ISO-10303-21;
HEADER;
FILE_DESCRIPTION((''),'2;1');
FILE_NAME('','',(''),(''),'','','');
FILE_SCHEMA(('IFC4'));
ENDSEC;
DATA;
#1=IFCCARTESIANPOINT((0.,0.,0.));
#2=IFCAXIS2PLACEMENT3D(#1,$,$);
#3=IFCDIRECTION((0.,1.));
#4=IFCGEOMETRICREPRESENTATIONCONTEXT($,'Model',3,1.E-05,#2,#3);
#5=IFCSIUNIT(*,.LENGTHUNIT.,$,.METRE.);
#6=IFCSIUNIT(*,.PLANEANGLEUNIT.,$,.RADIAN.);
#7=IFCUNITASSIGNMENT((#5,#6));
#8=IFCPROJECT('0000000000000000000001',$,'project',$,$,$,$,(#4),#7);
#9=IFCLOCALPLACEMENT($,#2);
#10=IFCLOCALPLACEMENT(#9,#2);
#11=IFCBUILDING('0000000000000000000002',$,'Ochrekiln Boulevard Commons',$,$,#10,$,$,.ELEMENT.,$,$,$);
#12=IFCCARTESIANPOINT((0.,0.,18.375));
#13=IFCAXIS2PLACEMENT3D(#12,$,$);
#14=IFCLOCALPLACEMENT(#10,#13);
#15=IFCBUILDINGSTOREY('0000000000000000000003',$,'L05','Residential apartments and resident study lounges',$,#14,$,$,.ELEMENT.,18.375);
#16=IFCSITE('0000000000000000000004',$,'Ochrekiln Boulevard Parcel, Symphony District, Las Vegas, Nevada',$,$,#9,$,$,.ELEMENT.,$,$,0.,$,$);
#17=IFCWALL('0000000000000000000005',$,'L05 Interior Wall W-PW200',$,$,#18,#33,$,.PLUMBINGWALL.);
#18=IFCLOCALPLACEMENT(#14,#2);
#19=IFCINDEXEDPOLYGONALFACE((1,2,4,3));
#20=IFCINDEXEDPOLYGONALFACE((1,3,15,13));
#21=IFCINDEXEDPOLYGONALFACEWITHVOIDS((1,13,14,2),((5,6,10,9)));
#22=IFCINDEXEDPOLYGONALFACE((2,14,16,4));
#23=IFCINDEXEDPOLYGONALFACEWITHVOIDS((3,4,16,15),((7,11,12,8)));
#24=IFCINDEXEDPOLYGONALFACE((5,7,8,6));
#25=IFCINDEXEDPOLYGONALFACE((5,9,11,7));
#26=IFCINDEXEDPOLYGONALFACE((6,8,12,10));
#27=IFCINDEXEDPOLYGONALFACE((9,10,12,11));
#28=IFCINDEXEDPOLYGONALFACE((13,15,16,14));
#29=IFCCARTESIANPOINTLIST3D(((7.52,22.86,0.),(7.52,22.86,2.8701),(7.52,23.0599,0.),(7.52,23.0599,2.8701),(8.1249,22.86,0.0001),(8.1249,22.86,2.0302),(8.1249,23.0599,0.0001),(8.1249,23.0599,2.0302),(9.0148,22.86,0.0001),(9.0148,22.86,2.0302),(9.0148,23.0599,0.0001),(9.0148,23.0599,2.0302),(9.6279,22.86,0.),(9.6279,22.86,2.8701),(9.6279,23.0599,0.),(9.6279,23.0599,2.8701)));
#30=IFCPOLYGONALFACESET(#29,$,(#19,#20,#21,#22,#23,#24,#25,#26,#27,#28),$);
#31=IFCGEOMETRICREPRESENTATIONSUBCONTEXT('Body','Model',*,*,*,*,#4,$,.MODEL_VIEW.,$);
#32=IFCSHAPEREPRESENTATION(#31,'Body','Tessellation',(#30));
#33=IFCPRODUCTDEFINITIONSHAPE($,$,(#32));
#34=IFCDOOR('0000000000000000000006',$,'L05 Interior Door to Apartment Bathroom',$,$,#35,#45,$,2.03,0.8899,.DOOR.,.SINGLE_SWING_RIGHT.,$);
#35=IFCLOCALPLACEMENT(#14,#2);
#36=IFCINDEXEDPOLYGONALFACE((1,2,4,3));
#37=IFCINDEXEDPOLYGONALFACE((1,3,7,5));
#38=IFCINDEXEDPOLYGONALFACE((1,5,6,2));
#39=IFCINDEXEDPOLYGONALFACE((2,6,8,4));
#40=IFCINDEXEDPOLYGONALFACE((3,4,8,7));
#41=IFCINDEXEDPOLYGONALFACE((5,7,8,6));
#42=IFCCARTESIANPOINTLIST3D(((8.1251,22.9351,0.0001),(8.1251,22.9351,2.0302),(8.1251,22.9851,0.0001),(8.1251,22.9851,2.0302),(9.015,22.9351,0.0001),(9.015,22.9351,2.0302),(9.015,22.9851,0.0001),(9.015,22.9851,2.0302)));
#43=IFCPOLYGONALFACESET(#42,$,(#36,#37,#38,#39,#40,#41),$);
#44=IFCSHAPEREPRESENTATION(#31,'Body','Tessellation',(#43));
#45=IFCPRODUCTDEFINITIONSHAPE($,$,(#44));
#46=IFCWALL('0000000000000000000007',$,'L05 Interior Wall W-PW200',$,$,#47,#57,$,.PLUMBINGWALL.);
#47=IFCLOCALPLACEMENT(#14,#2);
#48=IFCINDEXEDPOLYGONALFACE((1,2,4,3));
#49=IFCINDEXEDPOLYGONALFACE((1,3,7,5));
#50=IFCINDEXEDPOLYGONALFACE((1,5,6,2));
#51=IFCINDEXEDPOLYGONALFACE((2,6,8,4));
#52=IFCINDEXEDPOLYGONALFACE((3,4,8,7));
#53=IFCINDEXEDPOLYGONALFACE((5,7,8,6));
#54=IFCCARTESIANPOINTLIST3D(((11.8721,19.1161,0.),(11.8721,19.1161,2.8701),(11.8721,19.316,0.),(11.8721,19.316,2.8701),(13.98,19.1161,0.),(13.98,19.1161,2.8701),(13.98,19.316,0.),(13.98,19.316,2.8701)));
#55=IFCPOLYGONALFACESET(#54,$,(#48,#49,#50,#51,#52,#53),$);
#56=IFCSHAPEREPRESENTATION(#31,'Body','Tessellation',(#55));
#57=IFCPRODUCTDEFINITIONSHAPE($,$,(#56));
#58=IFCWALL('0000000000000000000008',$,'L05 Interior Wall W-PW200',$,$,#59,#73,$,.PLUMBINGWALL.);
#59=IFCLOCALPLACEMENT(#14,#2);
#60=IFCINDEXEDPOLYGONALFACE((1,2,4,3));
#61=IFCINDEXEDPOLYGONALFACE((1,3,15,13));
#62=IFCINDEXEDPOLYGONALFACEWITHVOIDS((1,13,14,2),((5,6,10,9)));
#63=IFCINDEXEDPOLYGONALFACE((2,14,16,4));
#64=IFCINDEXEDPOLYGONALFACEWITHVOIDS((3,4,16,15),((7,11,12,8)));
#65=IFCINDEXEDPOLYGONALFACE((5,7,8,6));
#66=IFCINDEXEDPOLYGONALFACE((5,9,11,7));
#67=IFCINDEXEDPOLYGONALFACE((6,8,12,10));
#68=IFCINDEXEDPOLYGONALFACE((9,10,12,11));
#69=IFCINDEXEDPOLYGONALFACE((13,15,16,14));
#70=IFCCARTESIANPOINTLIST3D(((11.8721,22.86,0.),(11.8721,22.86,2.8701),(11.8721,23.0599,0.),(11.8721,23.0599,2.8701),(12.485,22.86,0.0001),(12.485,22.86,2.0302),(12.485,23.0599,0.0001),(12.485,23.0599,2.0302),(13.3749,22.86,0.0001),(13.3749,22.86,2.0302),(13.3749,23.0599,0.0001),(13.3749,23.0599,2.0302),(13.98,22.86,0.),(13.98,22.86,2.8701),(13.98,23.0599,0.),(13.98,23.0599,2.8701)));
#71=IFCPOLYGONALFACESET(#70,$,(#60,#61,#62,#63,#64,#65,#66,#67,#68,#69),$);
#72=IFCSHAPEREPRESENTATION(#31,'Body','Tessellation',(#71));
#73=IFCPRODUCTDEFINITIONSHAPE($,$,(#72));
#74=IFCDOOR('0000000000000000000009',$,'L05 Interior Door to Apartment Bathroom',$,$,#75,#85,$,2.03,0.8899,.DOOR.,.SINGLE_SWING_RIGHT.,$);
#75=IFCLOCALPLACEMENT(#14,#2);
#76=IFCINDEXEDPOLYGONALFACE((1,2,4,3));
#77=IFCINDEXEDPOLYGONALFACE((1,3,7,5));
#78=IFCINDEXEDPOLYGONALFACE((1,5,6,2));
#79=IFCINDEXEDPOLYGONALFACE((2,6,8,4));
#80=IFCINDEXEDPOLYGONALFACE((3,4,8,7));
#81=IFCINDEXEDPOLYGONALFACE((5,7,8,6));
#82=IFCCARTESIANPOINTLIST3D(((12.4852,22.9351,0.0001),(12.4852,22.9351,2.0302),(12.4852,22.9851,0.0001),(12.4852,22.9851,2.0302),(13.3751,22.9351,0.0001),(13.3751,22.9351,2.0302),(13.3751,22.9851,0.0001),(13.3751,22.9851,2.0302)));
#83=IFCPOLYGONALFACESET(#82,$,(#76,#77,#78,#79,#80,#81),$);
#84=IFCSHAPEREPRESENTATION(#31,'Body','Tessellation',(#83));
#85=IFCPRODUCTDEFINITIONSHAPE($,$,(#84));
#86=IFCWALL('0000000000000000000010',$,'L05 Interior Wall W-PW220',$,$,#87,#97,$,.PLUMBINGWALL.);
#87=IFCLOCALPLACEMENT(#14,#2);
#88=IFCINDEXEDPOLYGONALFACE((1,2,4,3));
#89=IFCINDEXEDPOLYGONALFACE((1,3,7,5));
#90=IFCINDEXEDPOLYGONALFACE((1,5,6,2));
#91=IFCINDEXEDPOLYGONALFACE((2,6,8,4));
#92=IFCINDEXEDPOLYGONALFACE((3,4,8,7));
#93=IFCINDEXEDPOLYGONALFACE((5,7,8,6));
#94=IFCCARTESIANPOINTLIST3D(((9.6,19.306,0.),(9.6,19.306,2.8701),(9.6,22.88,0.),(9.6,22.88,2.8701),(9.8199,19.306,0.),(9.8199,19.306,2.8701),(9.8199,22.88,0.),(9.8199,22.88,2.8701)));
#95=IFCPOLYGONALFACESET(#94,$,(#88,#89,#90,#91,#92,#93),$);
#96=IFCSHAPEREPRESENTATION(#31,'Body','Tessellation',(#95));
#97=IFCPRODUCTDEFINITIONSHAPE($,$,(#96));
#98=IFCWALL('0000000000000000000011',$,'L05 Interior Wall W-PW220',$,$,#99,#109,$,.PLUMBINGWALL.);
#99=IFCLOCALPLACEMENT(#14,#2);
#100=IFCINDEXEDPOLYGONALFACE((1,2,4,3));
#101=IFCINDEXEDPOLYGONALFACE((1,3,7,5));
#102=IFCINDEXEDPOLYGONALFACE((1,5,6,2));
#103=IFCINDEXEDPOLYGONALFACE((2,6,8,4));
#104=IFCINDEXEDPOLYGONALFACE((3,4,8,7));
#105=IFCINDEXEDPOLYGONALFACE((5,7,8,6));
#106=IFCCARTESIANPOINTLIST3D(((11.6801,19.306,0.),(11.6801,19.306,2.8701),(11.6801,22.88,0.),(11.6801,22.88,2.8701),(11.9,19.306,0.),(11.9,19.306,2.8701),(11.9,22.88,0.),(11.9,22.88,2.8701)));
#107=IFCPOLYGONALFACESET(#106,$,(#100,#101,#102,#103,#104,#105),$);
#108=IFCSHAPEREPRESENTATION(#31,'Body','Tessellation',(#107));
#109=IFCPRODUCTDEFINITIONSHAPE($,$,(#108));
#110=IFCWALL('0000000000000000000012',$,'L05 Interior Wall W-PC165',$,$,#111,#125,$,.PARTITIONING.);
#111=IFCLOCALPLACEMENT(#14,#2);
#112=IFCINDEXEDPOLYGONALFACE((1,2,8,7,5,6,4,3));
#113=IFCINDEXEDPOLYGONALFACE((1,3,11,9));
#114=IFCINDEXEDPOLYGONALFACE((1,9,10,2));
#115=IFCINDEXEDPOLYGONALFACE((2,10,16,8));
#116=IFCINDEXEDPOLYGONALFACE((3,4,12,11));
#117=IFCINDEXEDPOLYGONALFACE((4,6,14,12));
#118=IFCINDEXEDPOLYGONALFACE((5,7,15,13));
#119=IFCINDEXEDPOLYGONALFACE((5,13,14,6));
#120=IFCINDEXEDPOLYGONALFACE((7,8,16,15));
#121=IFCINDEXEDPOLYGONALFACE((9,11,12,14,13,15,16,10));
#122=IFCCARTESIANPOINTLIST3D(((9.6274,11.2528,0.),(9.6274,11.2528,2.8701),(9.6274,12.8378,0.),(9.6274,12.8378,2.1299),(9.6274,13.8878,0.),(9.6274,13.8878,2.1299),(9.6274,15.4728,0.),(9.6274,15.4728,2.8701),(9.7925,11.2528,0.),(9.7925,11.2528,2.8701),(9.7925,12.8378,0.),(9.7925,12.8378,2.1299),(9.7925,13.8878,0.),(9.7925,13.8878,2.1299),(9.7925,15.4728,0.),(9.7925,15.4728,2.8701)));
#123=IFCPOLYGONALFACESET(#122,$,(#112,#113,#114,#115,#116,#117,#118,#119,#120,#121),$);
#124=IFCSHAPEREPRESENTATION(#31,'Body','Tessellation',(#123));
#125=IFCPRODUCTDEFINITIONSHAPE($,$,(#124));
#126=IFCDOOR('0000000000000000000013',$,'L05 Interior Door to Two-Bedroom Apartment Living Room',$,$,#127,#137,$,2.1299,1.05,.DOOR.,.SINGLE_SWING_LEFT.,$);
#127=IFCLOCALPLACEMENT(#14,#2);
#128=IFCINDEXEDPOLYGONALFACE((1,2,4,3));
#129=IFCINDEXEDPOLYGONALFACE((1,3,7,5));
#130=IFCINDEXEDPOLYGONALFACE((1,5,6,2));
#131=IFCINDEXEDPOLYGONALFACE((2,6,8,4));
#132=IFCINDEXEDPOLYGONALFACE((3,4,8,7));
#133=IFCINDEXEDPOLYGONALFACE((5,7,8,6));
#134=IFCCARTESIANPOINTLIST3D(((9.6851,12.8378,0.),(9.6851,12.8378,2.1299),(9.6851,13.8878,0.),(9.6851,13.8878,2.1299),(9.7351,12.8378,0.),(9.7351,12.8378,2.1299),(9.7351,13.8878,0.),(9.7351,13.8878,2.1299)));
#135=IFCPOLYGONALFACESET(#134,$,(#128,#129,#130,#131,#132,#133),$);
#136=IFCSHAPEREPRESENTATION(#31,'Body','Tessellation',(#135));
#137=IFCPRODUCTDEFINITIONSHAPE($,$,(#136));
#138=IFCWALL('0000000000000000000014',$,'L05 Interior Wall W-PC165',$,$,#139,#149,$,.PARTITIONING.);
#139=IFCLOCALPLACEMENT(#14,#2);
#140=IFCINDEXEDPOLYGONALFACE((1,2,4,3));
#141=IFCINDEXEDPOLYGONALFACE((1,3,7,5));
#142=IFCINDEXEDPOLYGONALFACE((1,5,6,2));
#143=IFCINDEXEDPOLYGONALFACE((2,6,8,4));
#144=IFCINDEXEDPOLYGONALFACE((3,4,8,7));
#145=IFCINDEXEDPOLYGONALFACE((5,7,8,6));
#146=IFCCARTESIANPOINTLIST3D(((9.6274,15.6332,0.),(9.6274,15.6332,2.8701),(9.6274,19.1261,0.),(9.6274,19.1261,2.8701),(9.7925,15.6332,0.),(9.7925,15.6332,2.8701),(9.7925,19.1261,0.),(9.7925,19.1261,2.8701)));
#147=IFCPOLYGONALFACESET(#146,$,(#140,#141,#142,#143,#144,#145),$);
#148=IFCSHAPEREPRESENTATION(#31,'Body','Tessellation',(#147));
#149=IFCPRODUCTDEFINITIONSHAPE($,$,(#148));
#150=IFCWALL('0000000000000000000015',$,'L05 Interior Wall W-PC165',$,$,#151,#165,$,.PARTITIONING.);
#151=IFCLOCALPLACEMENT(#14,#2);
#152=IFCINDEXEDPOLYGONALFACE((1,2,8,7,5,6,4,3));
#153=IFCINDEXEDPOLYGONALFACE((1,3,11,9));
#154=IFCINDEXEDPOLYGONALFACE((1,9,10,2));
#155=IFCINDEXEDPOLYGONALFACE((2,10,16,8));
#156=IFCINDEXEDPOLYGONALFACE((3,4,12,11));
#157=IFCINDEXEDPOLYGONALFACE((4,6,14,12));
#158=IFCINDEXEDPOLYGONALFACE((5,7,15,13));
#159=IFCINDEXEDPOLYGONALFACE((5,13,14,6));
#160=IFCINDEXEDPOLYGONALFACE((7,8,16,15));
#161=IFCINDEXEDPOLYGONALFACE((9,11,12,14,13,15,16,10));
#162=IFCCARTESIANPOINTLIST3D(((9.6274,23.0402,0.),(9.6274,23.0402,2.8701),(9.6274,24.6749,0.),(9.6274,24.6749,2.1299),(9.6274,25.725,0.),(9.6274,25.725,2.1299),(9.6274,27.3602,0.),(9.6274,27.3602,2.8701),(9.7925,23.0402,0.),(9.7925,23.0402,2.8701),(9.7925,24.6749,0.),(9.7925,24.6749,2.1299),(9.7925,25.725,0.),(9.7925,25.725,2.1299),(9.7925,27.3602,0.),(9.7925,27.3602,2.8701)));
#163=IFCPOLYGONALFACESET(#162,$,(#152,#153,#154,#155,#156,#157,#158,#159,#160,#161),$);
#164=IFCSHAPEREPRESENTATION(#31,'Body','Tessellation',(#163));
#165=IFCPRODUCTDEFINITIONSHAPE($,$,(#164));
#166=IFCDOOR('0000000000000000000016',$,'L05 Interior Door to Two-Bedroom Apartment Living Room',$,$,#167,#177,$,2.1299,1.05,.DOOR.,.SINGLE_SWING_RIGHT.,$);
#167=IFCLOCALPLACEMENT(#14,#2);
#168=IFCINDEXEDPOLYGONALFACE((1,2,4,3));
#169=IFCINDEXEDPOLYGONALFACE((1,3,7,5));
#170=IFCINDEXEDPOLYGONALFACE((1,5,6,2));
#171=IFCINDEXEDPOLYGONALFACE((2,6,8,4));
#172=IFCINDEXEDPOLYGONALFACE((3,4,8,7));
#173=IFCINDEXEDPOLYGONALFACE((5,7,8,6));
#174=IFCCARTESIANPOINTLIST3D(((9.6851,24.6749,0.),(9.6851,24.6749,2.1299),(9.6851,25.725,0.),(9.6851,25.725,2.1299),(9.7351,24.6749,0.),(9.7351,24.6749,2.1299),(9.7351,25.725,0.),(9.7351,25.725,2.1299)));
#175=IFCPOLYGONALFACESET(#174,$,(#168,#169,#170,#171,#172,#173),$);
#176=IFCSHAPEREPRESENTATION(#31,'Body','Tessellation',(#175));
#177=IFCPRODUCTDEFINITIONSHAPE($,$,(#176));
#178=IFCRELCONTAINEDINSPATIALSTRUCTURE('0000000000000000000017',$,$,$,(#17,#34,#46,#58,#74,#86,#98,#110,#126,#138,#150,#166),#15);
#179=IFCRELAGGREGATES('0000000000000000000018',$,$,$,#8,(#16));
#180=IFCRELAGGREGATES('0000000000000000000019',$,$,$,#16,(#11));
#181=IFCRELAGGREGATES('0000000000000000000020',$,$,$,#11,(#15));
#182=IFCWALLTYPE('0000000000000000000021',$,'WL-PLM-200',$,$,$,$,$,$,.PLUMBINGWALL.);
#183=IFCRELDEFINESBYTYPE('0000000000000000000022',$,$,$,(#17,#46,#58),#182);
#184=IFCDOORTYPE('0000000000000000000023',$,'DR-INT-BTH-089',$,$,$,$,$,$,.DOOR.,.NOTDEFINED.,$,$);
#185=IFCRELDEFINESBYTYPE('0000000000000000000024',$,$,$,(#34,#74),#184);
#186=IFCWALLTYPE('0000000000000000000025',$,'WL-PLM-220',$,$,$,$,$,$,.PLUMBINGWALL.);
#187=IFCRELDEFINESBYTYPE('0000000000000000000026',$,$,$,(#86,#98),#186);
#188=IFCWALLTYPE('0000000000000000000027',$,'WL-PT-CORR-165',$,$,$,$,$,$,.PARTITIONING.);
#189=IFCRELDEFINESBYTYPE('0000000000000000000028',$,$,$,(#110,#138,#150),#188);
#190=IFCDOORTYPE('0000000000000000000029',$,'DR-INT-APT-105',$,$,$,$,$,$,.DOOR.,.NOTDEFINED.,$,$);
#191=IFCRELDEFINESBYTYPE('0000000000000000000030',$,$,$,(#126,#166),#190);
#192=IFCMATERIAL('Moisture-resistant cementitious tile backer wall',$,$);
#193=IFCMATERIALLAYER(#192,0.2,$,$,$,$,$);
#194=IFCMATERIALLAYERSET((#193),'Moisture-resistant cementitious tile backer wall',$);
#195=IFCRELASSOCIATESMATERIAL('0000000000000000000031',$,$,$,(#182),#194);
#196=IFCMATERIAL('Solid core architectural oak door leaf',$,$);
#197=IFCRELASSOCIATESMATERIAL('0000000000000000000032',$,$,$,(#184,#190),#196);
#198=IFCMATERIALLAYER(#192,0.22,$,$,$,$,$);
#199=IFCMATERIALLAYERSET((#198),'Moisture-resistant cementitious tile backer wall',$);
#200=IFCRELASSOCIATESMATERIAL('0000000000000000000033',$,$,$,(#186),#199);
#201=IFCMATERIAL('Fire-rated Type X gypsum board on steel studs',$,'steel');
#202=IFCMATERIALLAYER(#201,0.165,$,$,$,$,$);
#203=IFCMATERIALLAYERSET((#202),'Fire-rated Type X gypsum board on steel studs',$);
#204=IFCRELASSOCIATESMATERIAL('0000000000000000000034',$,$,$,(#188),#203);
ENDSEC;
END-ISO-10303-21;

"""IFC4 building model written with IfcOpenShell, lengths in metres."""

from ifc_helpers import new_model, si_unit, direction, frame, frame_2d, origin, place, context, subcontext, project, spatial, rectangle, extrude, material, layer, layer_set, type_object, element, fill, save


model = new_model("IFC4")

# Units and contexts
model_context = context("Model", 3, precision=1e-05, world=origin(), true_north=direction((0.0, 1.0)))
body_context = subcontext(model_context, "Body", "Model", "MODEL_VIEW")
ifc_project = project(units=[si_unit("LENGTHUNIT", "METRE"), si_unit("PLANEANGLEUNIT", "RADIAN")], contexts=[model_context])

# Site, building, storey
site_placement = place(None, origin())
site = spatial("IfcSite", under=ifc_project, at=site_placement, Name="Ochrekiln Boulevard Parcel, Symphony District, Las Vegas, Nevada", CompositionType="ELEMENT", RefElevation=0.0)
building_placement = place(site_placement, origin())
building = spatial("IfcBuilding", under=site, at=building_placement, Name="Ochrekiln Boulevard Commons", CompositionType="ELEMENT")
storey_placement = place(building_placement, frame((0.0, 0.0, 18.375)))
storey = spatial("IfcBuildingStorey", under=building, at=storey_placement, Name="L05", Description="Residential apartments and resident study lounges", CompositionType="ELEMENT", Elevation=18.375)

# Wall, opening, door
ifc_material_1 = material(Name="Moisture-resistant cementitious tile backer wall")
ifc_layer_1 = layer(ifc_material_1, 0.2)
ifc_layer_set_1 = layer_set([ifc_layer_1], Name="Moisture-resistant cementitious tile backer wall")
wall_type_1 = type_object("IfcWallType", Name="WL-PLM-200", PredefinedType="PLUMBINGWALL", material=ifc_layer_set_1)
wall_1_placement = place(storey_placement, frame((7.52, 22.96, 0.0), z_axis=(0.0, 0.0, 1.0), x_axis=(1.0, 0.0, 0.0)))
wall_1 = element("IfcWall", 1, at=wall_1_placement, inside=storey, type_object=wall_type_1, Name="L05 Interior Wall W-PW200", PredefinedType="PLUMBINGWALL", context=body_context, shape_type="SweptSolid", body=[
    extrude(rectangle(XDim=2.1079, YDim=0.2, at=frame_2d((1.054, 0.0))), origin(), (0.0, 0.0, 1.0), 2.8701),
])
opening_1_placement = place(wall_1_placement, frame((0.605, 0.0, 0.0)))
opening_1 = element("IfcOpeningElement", 2, at=opening_1_placement, cuts=wall_1, PredefinedType="OPENING", context=body_context, shape_type="SweptSolid", body=[
    extrude(rectangle(XDim=0.8899, YDim=2.03, at=frame_2d((0.4448, 1.0151))), frame((0.0, 0.1099, 0.0), z_axis=(0.0, -1.0, 0.0), x_axis=(1.0, 0.0, 0.0)), (0.0, 0.0, 1.0), 0.22),
])
ifc_material_2 = material(Name="Solid core architectural oak door leaf")
door_type_1 = type_object("IfcDoorType", Name="DR-INT-BTH-089", OperationType="NOTDEFINED", PredefinedType="DOOR", material=ifc_material_2)
door_1_placement = place(opening_1_placement, frame((0.8899, 0.0, 0.0), z_axis=(0.0, 0.0, 1.0), x_axis=(-1.0, 0.0, 0.0)))
door_1 = element("IfcDoor", 3, at=door_1_placement, inside=storey, type_object=door_type_1, Name="L05 Interior Door to Apartment Bathroom", OperationType="SINGLE_SWING_RIGHT", OverallHeight=2.03, OverallWidth=0.8899, PredefinedType="DOOR", context=body_context, shape_type="SweptSolid", body=[
    extrude(rectangle(XDim=0.8899, YDim=2.03, at=frame_2d((0.4448, 1.0151))), frame((0.0, 0.0249, 0.0), z_axis=(0.0, -1.0, 0.0), x_axis=(1.0, 0.0, 0.0)), (0.0, 0.0, 1.0), 0.05),
])
fill(opening_1, door_1)

# Wall
wall_2_placement = place(storey_placement, frame((11.8721, 19.2161, 0.0), z_axis=(0.0, 0.0, 1.0), x_axis=(1.0, 0.0, 0.0)))
element("IfcWall", 4, at=wall_2_placement, inside=storey, type_object=wall_type_1, Name="L05 Interior Wall W-PW200", PredefinedType="PLUMBINGWALL", context=body_context, shape_type="SweptSolid", body=[
    extrude(rectangle(XDim=2.1079, YDim=0.2, at=frame_2d((1.054, 0.0))), origin(), (0.0, 0.0, 1.0), 2.8701),
])

# Wall, opening, door
wall_3_placement = place(storey_placement, frame((11.8721, 22.96, 0.0), z_axis=(0.0, 0.0, 1.0), x_axis=(1.0, 0.0, 0.0)))
wall_3 = element("IfcWall", 5, at=wall_3_placement, inside=storey, type_object=wall_type_1, Name="L05 Interior Wall W-PW200", PredefinedType="PLUMBINGWALL", context=body_context, shape_type="SweptSolid", body=[
    extrude(rectangle(XDim=2.1079, YDim=0.2, at=frame_2d((1.054, 0.0))), origin(), (0.0, 0.0, 1.0), 2.8701),
])
opening_2_placement = place(wall_3_placement, frame((0.613, 0.0, 0.0)))
opening_2 = element("IfcOpeningElement", 6, at=opening_2_placement, cuts=wall_3, PredefinedType="OPENING", context=body_context, shape_type="SweptSolid", body=[
    extrude(rectangle(XDim=0.8899, YDim=2.03, at=frame_2d((0.4448, 1.0151))), frame((0.0, 0.1099, 0.0), z_axis=(0.0, -1.0, 0.0), x_axis=(1.0, 0.0, 0.0)), (0.0, 0.0, 1.0), 0.22),
])
door_2_placement = place(opening_2_placement, frame((0.8899, 0.0, 0.0), z_axis=(0.0, 0.0, 1.0), x_axis=(-1.0, 0.0, 0.0)))
door_2 = element("IfcDoor", 7, at=door_2_placement, inside=storey, type_object=door_type_1, Name="L05 Interior Door to Apartment Bathroom", OperationType="SINGLE_SWING_RIGHT", OverallHeight=2.03, OverallWidth=0.8899, PredefinedType="DOOR", context=body_context, shape_type="SweptSolid", body=[
    extrude(rectangle(XDim=0.8899, YDim=2.03, at=frame_2d((0.4448, 1.0151))), frame((0.0, 0.0249, 0.0), z_axis=(0.0, -1.0, 0.0), x_axis=(1.0, 0.0, 0.0)), (0.0, 0.0, 1.0), 0.05),
])
fill(opening_2, door_2)

# Walls
ifc_layer_2 = layer(ifc_material_1, 0.22)
ifc_layer_set_2 = layer_set([ifc_layer_2], Name="Moisture-resistant cementitious tile backer wall")
wall_type_2 = type_object("IfcWallType", Name="WL-PLM-220", PredefinedType="PLUMBINGWALL", material=ifc_layer_set_2)
for number, where, z_axis, x_axis, name in (
    (8, (9.71, 19.3059, 0.0), (0.0, 0.0, 1.0), (0.0, 1.0, 0.0), "L05 Interior Wall W-PW220"),
    (9, (11.79, 19.3059, 0.0), (0.0, 0.0, 1.0), (0.0, 1.0, 0.0), "L05 Interior Wall W-PW220"),
):
    element("IfcWall", number, at=place(storey_placement, frame(where, z_axis=z_axis, x_axis=x_axis)), inside=storey, type_object=wall_type_2, Name=name, PredefinedType="PLUMBINGWALL", context=body_context, shape_type="SweptSolid", body=[
        extrude(rectangle(XDim=3.574, YDim=0.22, at=frame_2d((1.7871, 0.0))), origin(), (0.0, 0.0, 1.0), 2.8701),
    ])

# Wall, opening, door
ifc_material_3 = material(Name="Fire-rated Type X gypsum board on steel studs", Category="steel")
ifc_layer_3 = layer(ifc_material_3, 0.165)
ifc_layer_set_3 = layer_set([ifc_layer_3], Name="Fire-rated Type X gypsum board on steel studs")
wall_type_3 = type_object("IfcWallType", Name="WL-PT-CORR-165", PredefinedType="PARTITIONING", material=ifc_layer_set_3)
wall_4_placement = place(storey_placement, frame((9.71, 11.2529, 0.0), z_axis=(0.0, 0.0, 1.0), x_axis=(0.0, 1.0, 0.0)))
wall_4 = element("IfcWall", 10, at=wall_4_placement, inside=storey, type_object=wall_type_3, Name="L05 Interior Wall W-PC165", PredefinedType="PARTITIONING", context=body_context, shape_type="SweptSolid", body=[
    extrude(rectangle(XDim=4.22, YDim=0.165, at=frame_2d((2.1099, 0.0))), origin(), (0.0, 0.0, 1.0), 2.8701),
])
opening_3_placement = place(wall_4_placement, frame((1.585, 0.0, 0.0)))
opening_3 = element("IfcOpeningElement", 11, at=opening_3_placement, cuts=wall_4, PredefinedType="OPENING", context=body_context, shape_type="SweptSolid", body=[
    extrude(rectangle(XDim=1.05, YDim=2.1299, at=frame_2d((0.5249, 1.0649))), frame((0.0, 0.0925, 0.0), z_axis=(0.0, -1.0, 0.0), x_axis=(1.0, 0.0, 0.0)), (0.0, 0.0, 1.0), 0.1851),
])
door_type_2 = type_object("IfcDoorType", Name="DR-INT-APT-105", OperationType="NOTDEFINED", PredefinedType="DOOR", material=ifc_material_2)
door_3_placement = place(opening_3_placement, origin())
door_3 = element("IfcDoor", 12, at=door_3_placement, inside=storey, type_object=door_type_2, Name="L05 Interior Door to Two-Bedroom Apartment Living Room", OperationType="SINGLE_SWING_LEFT", OverallHeight=2.1299, OverallWidth=1.05, PredefinedType="DOOR", context=body_context, shape_type="SweptSolid", body=[
    extrude(rectangle(XDim=1.05, YDim=2.1299, at=frame_2d((0.5249, 1.0649))), frame((0.0, 0.0249, 0.0), z_axis=(0.0, -1.0, 0.0), x_axis=(1.0, 0.0, 0.0)), (0.0, 0.0, 1.0), 0.05),
])
fill(opening_3, door_3)

# Wall
wall_5_placement = place(storey_placement, frame((9.71, 15.6331, 0.0), z_axis=(0.0, 0.0, 1.0), x_axis=(0.0, 1.0, 0.0)))
element("IfcWall", 13, at=wall_5_placement, inside=storey, type_object=wall_type_3, Name="L05 Interior Wall W-PC165", PredefinedType="PARTITIONING", context=body_context, shape_type="SweptSolid", body=[
    extrude(rectangle(XDim=3.4929, YDim=0.165, at=frame_2d((1.7466, 0.0))), origin(), (0.0, 0.0, 1.0), 2.8701),
])

# Wall, opening, door
wall_6_placement = place(storey_placement, frame((9.71, 23.04, 0.0), z_axis=(0.0, 0.0, 1.0), x_axis=(0.0, 1.0, 0.0)))
wall_6 = element("IfcWall", 14, at=wall_6_placement, inside=storey, type_object=wall_type_3, Name="L05 Interior Wall W-PC165", PredefinedType="PARTITIONING", context=body_context, shape_type="SweptSolid", body=[
    extrude(rectangle(XDim=4.3201, YDim=0.165, at=frame_2d((2.1602, 0.0))), origin(), (0.0, 0.0, 1.0), 2.8701),
])
opening_4_placement = place(wall_6_placement, frame((1.635, 0.0, 0.0)))
opening_4 = element("IfcOpeningElement", 15, at=opening_4_placement, cuts=wall_6, PredefinedType="OPENING", context=body_context, shape_type="SweptSolid", body=[
    extrude(rectangle(XDim=1.05, YDim=2.1299, at=frame_2d((0.5249, 1.0649))), frame((0.0, 0.0925, 0.0), z_axis=(0.0, -1.0, 0.0), x_axis=(1.0, 0.0, 0.0)), (0.0, 0.0, 1.0), 0.1851),
])
door_4_placement = place(opening_4_placement, origin())
door_4 = element("IfcDoor", 16, at=door_4_placement, inside=storey, type_object=door_type_2, Name="L05 Interior Door to Two-Bedroom Apartment Living Room", OperationType="SINGLE_SWING_RIGHT", OverallHeight=2.1299, OverallWidth=1.05, PredefinedType="DOOR", context=body_context, shape_type="SweptSolid", body=[
    extrude(rectangle(XDim=1.05, YDim=2.1299, at=frame_2d((0.5249, 1.0649))), frame((0.0, 0.0249, 0.0), z_axis=(0.0, -1.0, 0.0), x_axis=(1.0, 0.0, 0.0)), (0.0, 0.0, 1.0), 0.05),
])
fill(opening_4, door_4)

save(model, "model.ifc")
